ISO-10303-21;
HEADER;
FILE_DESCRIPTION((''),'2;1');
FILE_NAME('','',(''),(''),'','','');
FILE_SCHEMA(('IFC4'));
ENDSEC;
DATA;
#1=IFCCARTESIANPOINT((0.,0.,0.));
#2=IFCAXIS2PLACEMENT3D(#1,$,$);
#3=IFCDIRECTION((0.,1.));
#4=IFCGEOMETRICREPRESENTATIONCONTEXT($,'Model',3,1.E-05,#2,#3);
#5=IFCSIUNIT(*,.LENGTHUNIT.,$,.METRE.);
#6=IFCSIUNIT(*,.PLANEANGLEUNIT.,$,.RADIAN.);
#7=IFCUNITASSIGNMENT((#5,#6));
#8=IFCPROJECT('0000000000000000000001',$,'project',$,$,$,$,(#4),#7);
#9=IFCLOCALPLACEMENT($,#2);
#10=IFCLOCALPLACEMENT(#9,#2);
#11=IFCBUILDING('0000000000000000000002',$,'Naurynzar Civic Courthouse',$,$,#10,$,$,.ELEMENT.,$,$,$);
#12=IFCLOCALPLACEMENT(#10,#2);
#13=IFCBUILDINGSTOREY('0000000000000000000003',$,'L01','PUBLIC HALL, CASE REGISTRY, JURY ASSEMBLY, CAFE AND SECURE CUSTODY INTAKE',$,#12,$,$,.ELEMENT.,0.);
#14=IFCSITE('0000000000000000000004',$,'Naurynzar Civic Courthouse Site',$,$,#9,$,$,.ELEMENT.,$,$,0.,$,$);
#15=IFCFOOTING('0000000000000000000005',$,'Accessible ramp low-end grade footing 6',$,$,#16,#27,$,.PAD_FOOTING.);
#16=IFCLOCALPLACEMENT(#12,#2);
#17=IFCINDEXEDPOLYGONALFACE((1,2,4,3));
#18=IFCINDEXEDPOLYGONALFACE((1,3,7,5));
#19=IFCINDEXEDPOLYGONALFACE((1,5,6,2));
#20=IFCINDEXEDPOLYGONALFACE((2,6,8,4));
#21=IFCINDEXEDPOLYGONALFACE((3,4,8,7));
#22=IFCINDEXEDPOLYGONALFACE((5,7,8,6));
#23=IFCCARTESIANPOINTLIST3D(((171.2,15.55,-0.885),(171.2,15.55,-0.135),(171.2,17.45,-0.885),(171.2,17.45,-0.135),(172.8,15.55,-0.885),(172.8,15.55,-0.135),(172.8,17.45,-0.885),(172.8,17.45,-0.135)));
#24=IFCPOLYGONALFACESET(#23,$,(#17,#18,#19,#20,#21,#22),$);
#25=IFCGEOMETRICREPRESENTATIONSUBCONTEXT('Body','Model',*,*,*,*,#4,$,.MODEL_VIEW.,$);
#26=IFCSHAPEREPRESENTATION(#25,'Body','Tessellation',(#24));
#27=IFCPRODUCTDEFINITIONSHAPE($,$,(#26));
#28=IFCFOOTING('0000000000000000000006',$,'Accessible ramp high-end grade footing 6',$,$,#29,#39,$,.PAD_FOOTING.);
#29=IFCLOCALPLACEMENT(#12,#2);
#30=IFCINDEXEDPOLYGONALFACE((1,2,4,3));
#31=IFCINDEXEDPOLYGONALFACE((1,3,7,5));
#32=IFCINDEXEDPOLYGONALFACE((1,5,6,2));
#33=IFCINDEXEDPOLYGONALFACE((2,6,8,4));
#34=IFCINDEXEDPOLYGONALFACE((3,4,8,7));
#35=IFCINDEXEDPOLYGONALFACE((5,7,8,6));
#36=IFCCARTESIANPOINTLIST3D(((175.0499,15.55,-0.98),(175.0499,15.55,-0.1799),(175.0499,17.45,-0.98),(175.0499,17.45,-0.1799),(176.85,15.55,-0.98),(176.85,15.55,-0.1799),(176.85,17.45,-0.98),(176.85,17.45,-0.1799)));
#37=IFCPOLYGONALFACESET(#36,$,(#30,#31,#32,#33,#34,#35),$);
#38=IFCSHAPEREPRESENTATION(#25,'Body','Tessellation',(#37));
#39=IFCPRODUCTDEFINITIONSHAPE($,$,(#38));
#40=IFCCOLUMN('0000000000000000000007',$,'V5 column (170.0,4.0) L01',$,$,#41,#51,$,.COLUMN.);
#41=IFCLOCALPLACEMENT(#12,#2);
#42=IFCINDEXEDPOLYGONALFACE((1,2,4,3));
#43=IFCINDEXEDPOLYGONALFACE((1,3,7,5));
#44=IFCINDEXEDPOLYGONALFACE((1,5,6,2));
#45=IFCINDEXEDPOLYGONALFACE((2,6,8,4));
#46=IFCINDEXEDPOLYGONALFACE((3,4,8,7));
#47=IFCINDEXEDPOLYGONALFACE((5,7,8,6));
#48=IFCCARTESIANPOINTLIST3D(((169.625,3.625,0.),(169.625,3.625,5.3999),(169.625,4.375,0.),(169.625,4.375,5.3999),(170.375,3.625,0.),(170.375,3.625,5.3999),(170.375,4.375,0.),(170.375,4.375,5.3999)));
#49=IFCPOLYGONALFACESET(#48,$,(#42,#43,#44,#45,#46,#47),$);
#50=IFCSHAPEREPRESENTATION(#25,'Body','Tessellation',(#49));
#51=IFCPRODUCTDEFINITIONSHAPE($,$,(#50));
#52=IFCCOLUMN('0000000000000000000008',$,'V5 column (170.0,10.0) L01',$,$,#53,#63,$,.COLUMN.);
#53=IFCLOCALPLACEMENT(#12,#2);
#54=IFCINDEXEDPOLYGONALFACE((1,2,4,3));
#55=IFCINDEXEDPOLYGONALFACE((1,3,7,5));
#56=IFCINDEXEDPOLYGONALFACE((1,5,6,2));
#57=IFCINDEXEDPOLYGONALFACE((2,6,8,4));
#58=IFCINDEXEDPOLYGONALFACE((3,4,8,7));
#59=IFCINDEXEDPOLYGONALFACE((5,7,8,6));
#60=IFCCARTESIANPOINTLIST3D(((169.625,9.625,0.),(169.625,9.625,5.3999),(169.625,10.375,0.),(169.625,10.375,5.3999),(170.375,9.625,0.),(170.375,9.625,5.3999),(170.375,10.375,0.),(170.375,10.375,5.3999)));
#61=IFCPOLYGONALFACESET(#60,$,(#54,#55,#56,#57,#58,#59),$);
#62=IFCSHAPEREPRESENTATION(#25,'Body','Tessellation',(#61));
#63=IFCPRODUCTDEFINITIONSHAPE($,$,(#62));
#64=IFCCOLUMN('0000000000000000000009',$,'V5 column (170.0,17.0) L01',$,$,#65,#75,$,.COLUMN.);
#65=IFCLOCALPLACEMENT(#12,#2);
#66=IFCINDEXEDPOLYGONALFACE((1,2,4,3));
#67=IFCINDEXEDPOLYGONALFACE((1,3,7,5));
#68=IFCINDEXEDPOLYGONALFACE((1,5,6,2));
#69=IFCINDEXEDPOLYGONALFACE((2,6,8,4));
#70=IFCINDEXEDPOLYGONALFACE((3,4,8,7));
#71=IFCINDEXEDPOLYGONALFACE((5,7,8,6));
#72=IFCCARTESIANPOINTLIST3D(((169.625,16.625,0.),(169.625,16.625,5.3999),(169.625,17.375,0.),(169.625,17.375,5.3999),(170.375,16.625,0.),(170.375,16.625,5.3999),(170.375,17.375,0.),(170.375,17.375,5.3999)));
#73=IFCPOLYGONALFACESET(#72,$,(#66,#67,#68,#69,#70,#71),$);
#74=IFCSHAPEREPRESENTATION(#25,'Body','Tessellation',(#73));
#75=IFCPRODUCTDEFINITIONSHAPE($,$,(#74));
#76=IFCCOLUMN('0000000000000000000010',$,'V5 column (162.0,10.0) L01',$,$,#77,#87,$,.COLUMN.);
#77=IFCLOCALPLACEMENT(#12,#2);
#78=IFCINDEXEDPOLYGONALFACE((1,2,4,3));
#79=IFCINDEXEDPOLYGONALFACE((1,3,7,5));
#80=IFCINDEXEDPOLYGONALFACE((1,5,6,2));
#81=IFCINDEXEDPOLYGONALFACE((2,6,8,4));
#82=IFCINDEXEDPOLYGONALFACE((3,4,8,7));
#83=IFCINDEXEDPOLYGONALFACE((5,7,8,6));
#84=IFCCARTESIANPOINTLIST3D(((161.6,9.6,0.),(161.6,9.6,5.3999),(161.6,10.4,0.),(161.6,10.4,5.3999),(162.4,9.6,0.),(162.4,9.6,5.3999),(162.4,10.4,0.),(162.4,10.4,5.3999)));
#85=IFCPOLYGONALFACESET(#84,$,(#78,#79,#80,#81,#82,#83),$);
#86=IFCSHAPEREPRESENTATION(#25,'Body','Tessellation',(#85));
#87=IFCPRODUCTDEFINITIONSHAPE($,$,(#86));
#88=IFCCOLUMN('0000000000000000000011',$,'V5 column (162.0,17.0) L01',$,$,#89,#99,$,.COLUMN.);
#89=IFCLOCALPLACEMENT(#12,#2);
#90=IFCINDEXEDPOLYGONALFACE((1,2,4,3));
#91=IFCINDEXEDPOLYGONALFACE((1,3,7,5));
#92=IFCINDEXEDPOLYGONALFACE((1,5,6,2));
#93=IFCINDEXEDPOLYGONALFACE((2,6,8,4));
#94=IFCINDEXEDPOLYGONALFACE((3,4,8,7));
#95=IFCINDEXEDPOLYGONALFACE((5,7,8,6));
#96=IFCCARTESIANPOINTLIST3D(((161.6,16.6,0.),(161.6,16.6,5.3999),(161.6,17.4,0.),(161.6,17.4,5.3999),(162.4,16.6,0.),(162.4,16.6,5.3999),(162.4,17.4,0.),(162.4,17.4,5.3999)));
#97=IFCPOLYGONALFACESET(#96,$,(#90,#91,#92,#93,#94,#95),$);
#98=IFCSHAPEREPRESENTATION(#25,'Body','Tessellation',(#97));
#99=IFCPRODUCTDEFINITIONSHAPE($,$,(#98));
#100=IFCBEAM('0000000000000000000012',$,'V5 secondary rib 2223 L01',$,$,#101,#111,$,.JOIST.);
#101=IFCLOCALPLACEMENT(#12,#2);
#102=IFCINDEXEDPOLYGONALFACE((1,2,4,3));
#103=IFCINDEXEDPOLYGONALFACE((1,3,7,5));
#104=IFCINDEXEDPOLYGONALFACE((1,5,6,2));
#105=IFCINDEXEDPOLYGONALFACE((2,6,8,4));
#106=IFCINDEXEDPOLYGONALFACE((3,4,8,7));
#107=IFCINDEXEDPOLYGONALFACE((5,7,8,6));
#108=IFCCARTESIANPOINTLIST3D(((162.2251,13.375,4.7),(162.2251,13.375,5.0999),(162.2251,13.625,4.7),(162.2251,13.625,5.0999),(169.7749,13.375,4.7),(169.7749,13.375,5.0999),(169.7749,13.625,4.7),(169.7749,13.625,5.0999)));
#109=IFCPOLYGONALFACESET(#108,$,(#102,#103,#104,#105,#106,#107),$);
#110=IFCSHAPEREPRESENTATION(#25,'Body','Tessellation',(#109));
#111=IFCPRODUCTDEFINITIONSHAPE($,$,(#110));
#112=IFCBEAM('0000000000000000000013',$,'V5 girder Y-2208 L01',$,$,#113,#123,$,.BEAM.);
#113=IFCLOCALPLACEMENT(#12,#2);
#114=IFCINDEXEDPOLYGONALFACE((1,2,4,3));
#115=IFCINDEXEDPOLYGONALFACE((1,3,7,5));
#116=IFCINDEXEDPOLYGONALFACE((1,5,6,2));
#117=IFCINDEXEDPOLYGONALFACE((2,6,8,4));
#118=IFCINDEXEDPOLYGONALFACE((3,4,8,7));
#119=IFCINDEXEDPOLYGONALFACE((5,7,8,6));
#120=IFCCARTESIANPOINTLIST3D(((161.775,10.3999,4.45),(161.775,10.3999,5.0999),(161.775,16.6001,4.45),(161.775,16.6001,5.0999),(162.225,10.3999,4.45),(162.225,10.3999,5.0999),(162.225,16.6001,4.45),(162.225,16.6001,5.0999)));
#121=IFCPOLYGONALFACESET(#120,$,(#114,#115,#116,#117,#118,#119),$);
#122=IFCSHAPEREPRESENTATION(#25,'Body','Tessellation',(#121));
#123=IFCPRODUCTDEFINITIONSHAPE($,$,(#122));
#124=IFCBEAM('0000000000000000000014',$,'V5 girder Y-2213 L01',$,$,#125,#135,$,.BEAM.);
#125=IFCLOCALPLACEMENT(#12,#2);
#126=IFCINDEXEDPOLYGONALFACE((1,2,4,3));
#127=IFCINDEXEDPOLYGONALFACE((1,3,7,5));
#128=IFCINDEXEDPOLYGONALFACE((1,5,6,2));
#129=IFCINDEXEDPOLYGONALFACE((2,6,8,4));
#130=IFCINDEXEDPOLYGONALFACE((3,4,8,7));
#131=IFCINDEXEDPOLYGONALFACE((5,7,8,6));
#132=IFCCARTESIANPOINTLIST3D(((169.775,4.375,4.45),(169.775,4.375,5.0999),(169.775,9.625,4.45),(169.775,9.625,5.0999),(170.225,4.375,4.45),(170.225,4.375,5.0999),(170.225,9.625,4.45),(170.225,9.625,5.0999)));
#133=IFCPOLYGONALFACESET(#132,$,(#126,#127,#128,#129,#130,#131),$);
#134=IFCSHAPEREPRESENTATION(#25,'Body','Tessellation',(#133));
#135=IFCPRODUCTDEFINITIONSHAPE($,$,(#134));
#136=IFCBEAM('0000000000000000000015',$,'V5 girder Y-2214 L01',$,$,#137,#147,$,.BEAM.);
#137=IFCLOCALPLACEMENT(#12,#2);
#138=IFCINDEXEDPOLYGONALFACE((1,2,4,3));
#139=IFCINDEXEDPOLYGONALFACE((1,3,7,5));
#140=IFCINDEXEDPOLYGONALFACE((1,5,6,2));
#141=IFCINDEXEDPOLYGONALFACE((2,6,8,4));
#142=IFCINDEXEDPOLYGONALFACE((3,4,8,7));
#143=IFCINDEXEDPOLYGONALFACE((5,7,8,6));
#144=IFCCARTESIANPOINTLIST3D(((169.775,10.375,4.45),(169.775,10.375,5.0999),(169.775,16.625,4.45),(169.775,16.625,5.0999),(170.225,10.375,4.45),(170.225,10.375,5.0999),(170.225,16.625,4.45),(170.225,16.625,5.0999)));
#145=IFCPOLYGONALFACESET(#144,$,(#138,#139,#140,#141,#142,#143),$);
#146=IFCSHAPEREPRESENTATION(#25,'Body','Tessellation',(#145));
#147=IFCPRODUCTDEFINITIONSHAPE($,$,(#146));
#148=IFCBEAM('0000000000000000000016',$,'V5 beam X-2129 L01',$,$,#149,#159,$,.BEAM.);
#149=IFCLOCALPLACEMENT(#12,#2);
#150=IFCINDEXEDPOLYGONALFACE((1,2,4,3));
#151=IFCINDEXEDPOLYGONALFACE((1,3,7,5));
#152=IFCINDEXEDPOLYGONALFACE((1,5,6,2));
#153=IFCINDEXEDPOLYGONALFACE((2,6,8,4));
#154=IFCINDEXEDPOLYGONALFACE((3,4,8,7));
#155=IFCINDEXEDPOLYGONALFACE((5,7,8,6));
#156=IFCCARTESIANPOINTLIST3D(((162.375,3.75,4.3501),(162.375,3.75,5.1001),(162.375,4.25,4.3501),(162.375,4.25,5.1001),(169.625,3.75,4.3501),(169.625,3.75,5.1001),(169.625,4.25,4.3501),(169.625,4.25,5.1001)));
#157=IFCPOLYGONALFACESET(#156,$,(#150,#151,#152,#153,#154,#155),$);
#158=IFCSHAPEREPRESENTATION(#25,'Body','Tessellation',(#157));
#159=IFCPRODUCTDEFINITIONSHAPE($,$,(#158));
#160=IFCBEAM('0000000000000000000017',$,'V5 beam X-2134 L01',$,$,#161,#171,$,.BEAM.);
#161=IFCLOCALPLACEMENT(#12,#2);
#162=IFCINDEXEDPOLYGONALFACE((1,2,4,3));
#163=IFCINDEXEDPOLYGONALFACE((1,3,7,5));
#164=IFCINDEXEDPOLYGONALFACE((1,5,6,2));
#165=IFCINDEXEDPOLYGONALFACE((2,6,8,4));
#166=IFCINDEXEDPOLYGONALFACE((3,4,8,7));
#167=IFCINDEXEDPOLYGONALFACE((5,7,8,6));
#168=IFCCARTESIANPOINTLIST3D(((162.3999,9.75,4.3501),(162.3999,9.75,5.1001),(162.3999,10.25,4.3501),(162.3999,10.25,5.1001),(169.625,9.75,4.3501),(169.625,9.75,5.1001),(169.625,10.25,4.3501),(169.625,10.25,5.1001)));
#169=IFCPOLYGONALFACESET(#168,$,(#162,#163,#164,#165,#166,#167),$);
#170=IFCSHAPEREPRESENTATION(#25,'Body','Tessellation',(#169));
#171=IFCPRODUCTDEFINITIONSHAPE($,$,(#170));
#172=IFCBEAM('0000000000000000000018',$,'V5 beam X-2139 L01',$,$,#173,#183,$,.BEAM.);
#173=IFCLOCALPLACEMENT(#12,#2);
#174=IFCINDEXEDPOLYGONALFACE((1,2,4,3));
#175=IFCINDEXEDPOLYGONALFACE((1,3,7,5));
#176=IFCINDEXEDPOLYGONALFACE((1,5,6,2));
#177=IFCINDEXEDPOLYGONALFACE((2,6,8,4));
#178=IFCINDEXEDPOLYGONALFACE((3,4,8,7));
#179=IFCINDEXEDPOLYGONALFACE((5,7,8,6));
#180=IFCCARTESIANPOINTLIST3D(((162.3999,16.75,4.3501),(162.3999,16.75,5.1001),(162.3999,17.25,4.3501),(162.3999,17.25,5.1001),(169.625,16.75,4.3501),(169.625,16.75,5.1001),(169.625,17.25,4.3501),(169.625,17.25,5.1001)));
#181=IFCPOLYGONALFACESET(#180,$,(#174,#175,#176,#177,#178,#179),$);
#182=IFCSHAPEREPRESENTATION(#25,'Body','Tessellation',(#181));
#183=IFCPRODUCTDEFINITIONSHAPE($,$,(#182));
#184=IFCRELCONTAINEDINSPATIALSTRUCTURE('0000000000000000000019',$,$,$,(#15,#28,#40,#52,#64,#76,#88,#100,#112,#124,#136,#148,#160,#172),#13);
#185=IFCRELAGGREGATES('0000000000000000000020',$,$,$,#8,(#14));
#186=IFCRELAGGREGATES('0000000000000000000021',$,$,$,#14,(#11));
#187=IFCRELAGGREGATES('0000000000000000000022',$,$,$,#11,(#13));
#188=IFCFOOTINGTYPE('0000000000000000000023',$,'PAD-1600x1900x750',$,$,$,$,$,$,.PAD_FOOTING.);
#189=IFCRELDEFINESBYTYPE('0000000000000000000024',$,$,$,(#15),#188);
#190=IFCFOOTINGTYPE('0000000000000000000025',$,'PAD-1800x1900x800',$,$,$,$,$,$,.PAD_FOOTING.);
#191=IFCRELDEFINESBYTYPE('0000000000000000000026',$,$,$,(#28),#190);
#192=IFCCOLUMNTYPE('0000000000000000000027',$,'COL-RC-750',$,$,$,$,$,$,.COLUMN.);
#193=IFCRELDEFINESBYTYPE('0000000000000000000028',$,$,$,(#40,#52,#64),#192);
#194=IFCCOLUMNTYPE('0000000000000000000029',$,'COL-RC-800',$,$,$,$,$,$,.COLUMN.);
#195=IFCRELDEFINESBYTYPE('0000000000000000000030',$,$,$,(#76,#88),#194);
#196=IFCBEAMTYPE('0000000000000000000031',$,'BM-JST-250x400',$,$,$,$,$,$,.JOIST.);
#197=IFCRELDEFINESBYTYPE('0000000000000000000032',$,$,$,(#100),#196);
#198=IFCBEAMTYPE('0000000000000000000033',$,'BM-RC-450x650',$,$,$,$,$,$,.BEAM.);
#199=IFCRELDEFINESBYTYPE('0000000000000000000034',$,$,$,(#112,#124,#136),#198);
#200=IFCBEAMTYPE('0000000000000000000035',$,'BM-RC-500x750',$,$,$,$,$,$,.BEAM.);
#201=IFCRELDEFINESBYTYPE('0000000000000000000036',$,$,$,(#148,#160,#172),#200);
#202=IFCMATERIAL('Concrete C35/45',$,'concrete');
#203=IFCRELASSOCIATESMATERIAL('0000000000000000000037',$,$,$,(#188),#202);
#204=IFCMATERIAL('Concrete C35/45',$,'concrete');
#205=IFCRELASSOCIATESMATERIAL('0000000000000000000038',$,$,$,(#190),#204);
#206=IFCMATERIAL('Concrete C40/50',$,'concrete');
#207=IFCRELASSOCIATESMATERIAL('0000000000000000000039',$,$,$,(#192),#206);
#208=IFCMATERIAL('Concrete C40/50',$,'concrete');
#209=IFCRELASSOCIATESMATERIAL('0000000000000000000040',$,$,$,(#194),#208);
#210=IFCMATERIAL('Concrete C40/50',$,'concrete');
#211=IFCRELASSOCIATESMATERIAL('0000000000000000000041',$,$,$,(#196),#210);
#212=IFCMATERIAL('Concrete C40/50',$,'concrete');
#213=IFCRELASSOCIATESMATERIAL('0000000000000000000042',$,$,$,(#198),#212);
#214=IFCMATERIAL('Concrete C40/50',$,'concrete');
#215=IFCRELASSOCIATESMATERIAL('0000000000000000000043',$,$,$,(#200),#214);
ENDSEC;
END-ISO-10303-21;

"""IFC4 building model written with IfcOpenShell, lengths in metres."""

from ifc_helpers import new_model, si_unit, direction, frame, origin, origin_2d, place, context, subcontext, project, spatial, rectangle, extrude, material, material_profile, profile_set, type_object, element, save


model = new_model("IFC4")

# Units and contexts
model_context = context("Model", 3, precision=1e-05, world=origin(), true_north=direction((0.0, 1.0)))
body_context = subcontext(model_context, "Body", "Model", "MODEL_VIEW")
ifc_project = project(units=[si_unit("LENGTHUNIT", "METRE"), si_unit("PLANEANGLEUNIT", "RADIAN")], contexts=[model_context])

# Site, building, storey
site_placement = place(None, origin())
site = spatial("IfcSite", under=ifc_project, at=site_placement, Name="Naurynzar Civic Courthouse Site", CompositionType="ELEMENT", RefElevation=0.0)
building_placement = place(site_placement, origin())
building = spatial("IfcBuilding", under=site, at=building_placement, Name="Naurynzar Civic Courthouse", CompositionType="ELEMENT")
storey_placement = place(building_placement, origin())
storey = spatial("IfcBuildingStorey", under=building, at=storey_placement, Name="L01", Description="PUBLIC HALL, CASE REGISTRY, JURY ASSEMBLY, CAFE AND SECURE CUSTODY INTAKE", CompositionType="ELEMENT", Elevation=0.0)

# Footings
ifc_material_1 = material(Name="Concrete C35/45", Category="concrete")
footing_type_1 = type_object("IfcFootingType", Name="PAD-1600x1900x750", PredefinedType="PAD_FOOTING", material=ifc_material_1)
footing_1_placement = place(storey_placement, frame((172.0, 16.5, -0.885), z_axis=(0.0, 0.0, 1.0), x_axis=(1.0, 0.0, 0.0)))
element("IfcFooting", 1, at=footing_1_placement, inside=storey, type_object=footing_type_1, Name="Accessible ramp low-end grade footing 6", PredefinedType="PAD_FOOTING", context=body_context, shape_type="SweptSolid", body=[
    extrude(rectangle(XDim=1.6001, YDim=1.8999, at=origin_2d()), origin(), (0.0, 0.0, 1.0), 0.75),
])
ifc_material_2 = material(Name="Concrete C35/45", Category="concrete")
footing_type_2 = type_object("IfcFootingType", Name="PAD-1800x1900x800", PredefinedType="PAD_FOOTING", material=ifc_material_2)
footing_2_placement = place(storey_placement, frame((175.95, 16.5, -0.98), z_axis=(0.0, 0.0, 1.0), x_axis=(1.0, 0.0, 0.0)))
element("IfcFooting", 2, at=footing_2_placement, inside=storey, type_object=footing_type_2, Name="Accessible ramp high-end grade footing 6", PredefinedType="PAD_FOOTING", context=body_context, shape_type="SweptSolid", body=[
    extrude(rectangle(XDim=1.8, YDim=1.8999, at=origin_2d()), origin(), (0.0, 0.0, 1.0), 0.8),
])

# Columns
ifc_material_3 = material(Name="Concrete C40/50", Category="concrete")
ifc_material_profile_1 = material_profile(ifc_material_3, rectangle(XDim=0.75, YDim=0.75, at=origin_2d()), Name="RC 750x750")
ifc_profile_set_1 = profile_set([ifc_material_profile_1], Name="Concrete C40/50")
column_type_1 = type_object("IfcColumnType", Name="COL-RC-750", PredefinedType="COLUMN", material=ifc_profile_set_1)
for number, where, z_axis, x_axis, name in (
    (3, (170.0, 4.0, 0.0), (0.0, 0.0, 1.0), (1.0, 0.0, 0.0), "V5 column (170.0,4.0) L01"),
    (4, (170.0, 10.0, 0.0), (0.0, 0.0, 1.0), (1.0, 0.0, 0.0), "V5 column (170.0,10.0) L01"),
    (5, (170.0, 17.0, 0.0), (0.0, 0.0, 1.0), (1.0, 0.0, 0.0), "V5 column (170.0,17.0) L01"),
):
    element("IfcColumn", number, at=place(storey_placement, frame(where, z_axis=z_axis, x_axis=x_axis)), inside=storey, type_object=column_type_1, Name=name, PredefinedType="COLUMN", context=body_context, shape_type="SweptSolid", body=[
        extrude(rectangle(XDim=0.75, YDim=0.75, at=origin_2d()), origin(), (0.0, 0.0, 1.0), 5.3999),
    ])
ifc_material_4 = material(Name="Concrete C40/50", Category="concrete")
ifc_material_profile_2 = material_profile(ifc_material_4, rectangle(XDim=0.8, YDim=0.8, at=origin_2d()), Name="RC 800x800")
ifc_profile_set_2 = profile_set([ifc_material_profile_2], Name="Concrete C40/50")
column_type_2 = type_object("IfcColumnType", Name="COL-RC-800", PredefinedType="COLUMN", material=ifc_profile_set_2)
for number, where, z_axis, x_axis, name in (
    (6, (162.0, 10.0, 0.0), (0.0, 0.0, 1.0), (1.0, 0.0, 0.0), "V5 column (162.0,10.0) L01"),
    (7, (162.0, 17.0, 0.0), (0.0, 0.0, 1.0), (1.0, 0.0, 0.0), "V5 column (162.0,17.0) L01"),
):
    element("IfcColumn", number, at=place(storey_placement, frame(where, z_axis=z_axis, x_axis=x_axis)), inside=storey, type_object=column_type_2, Name=name, PredefinedType="COLUMN", context=body_context, shape_type="SweptSolid", body=[
        extrude(rectangle(XDim=0.8, YDim=0.8, at=origin_2d()), origin(), (0.0, 0.0, 1.0), 5.3999),
    ])

# Beams
ifc_material_5 = material(Name="Concrete C40/50", Category="concrete")
ifc_material_profile_3 = material_profile(ifc_material_5, rectangle(XDim=0.25, YDim=0.3999, at=origin_2d()), Name="RCB 250x400")
ifc_profile_set_3 = profile_set([ifc_material_profile_3], Name="Concrete C40/50")
beam_type_1 = type_object("IfcBeamType", Name="BM-JST-250x400", PredefinedType="JOIST", material=ifc_profile_set_3)
beam_1_placement = place(storey_placement, frame((162.2251, 13.5, 4.8999), z_axis=(1.0, 0.0, 0.0), x_axis=(0.0, 1.0, 0.0)))
element("IfcBeam", 8, at=beam_1_placement, inside=storey, type_object=beam_type_1, Name="V5 secondary rib 2223 L01", PredefinedType="JOIST", context=body_context, shape_type="SweptSolid", body=[
    extrude(rectangle(XDim=0.25, YDim=0.3999, at=origin_2d()), origin(), (0.0, 0.0, 1.0), 7.5498),
])
ifc_material_6 = material(Name="Concrete C40/50", Category="concrete")
ifc_material_profile_4 = material_profile(ifc_material_6, rectangle(XDim=0.45, YDim=0.6499, at=origin_2d()), Name="RCB 450x650")
ifc_profile_set_4 = profile_set([ifc_material_profile_4], Name="Concrete C40/50")
beam_type_2 = type_object("IfcBeamType", Name="BM-RC-450x650", PredefinedType="BEAM", material=ifc_profile_set_4)
beam_2_placement = place(storey_placement, frame((162.0, 10.3999, 4.7749), z_axis=(0.0, 1.0, 0.0), x_axis=(-1.0, 0.0, 0.0)))
element("IfcBeam", 9, at=beam_2_placement, inside=storey, type_object=beam_type_2, Name="V5 girder Y-2208 L01", PredefinedType="BEAM", context=body_context, shape_type="SweptSolid", body=[
    extrude(rectangle(XDim=0.45, YDim=0.6499, at=origin_2d()), origin(), (0.0, 0.0, 1.0), 6.2002),
])
beam_3_placement = place(storey_placement, frame((170.0, 4.375, 4.7749), z_axis=(0.0, 1.0, 0.0), x_axis=(-1.0, 0.0, 0.0)))
element("IfcBeam", 10, at=beam_3_placement, inside=storey, type_object=beam_type_2, Name="V5 girder Y-2213 L01", PredefinedType="BEAM", context=body_context, shape_type="SweptSolid", body=[
    extrude(rectangle(XDim=0.45, YDim=0.6499, at=origin_2d()), origin(), (0.0, 0.0, 1.0), 5.25),
])
beam_4_placement = place(storey_placement, frame((170.0, 10.375, 4.7749), z_axis=(0.0, 1.0, 0.0), x_axis=(-1.0, 0.0, 0.0)))
element("IfcBeam", 11, at=beam_4_placement, inside=storey, type_object=beam_type_2, Name="V5 girder Y-2214 L01", PredefinedType="BEAM", context=body_context, shape_type="SweptSolid", body=[
    extrude(rectangle(XDim=0.45, YDim=0.6499, at=origin_2d()), origin(), (0.0, 0.0, 1.0), 6.25),
])
ifc_material_7 = material(Name="Concrete C40/50", Category="concrete")
ifc_material_profile_5 = material_profile(ifc_material_7, rectangle(XDim=0.5, YDim=0.75, at=origin_2d()), Name="RCB 500x750")
ifc_profile_set_5 = profile_set([ifc_material_profile_5], Name="Concrete C40/50")
beam_type_3 = type_object("IfcBeamType", Name="BM-RC-500x750", PredefinedType="BEAM", material=ifc_profile_set_5)
beam_5_placement = place(storey_placement, frame((162.375, 4.0, 4.7251), z_axis=(1.0, 0.0, 0.0), x_axis=(0.0, 1.0, 0.0)))
element("IfcBeam", 12, at=beam_5_placement, inside=storey, type_object=beam_type_3, Name="V5 beam X-2129 L01", PredefinedType="BEAM", context=body_context, shape_type="SweptSolid", body=[
    extrude(rectangle(XDim=0.5, YDim=0.75, at=origin_2d()), origin(), (0.0, 0.0, 1.0), 7.25),
])
for number, where, z_axis, x_axis, name in (
    (13, (162.3999, 10.0, 4.7251), (1.0, 0.0, 0.0), (0.0, 1.0, 0.0), "V5 beam X-2134 L01"),
    (14, (162.3999, 17.0, 4.7251), (1.0, 0.0, 0.0), (0.0, 1.0, 0.0), "V5 beam X-2139 L01"),
):
    element("IfcBeam", number, at=place(storey_placement, frame(where, z_axis=z_axis, x_axis=x_axis)), inside=storey, type_object=beam_type_3, Name=name, PredefinedType="BEAM", context=body_context, shape_type="SweptSolid", body=[
        extrude(rectangle(XDim=0.5, YDim=0.75, at=origin_2d()), origin(), (0.0, 0.0, 1.0), 7.2251),
    ])

save(model, "model.ifc")
